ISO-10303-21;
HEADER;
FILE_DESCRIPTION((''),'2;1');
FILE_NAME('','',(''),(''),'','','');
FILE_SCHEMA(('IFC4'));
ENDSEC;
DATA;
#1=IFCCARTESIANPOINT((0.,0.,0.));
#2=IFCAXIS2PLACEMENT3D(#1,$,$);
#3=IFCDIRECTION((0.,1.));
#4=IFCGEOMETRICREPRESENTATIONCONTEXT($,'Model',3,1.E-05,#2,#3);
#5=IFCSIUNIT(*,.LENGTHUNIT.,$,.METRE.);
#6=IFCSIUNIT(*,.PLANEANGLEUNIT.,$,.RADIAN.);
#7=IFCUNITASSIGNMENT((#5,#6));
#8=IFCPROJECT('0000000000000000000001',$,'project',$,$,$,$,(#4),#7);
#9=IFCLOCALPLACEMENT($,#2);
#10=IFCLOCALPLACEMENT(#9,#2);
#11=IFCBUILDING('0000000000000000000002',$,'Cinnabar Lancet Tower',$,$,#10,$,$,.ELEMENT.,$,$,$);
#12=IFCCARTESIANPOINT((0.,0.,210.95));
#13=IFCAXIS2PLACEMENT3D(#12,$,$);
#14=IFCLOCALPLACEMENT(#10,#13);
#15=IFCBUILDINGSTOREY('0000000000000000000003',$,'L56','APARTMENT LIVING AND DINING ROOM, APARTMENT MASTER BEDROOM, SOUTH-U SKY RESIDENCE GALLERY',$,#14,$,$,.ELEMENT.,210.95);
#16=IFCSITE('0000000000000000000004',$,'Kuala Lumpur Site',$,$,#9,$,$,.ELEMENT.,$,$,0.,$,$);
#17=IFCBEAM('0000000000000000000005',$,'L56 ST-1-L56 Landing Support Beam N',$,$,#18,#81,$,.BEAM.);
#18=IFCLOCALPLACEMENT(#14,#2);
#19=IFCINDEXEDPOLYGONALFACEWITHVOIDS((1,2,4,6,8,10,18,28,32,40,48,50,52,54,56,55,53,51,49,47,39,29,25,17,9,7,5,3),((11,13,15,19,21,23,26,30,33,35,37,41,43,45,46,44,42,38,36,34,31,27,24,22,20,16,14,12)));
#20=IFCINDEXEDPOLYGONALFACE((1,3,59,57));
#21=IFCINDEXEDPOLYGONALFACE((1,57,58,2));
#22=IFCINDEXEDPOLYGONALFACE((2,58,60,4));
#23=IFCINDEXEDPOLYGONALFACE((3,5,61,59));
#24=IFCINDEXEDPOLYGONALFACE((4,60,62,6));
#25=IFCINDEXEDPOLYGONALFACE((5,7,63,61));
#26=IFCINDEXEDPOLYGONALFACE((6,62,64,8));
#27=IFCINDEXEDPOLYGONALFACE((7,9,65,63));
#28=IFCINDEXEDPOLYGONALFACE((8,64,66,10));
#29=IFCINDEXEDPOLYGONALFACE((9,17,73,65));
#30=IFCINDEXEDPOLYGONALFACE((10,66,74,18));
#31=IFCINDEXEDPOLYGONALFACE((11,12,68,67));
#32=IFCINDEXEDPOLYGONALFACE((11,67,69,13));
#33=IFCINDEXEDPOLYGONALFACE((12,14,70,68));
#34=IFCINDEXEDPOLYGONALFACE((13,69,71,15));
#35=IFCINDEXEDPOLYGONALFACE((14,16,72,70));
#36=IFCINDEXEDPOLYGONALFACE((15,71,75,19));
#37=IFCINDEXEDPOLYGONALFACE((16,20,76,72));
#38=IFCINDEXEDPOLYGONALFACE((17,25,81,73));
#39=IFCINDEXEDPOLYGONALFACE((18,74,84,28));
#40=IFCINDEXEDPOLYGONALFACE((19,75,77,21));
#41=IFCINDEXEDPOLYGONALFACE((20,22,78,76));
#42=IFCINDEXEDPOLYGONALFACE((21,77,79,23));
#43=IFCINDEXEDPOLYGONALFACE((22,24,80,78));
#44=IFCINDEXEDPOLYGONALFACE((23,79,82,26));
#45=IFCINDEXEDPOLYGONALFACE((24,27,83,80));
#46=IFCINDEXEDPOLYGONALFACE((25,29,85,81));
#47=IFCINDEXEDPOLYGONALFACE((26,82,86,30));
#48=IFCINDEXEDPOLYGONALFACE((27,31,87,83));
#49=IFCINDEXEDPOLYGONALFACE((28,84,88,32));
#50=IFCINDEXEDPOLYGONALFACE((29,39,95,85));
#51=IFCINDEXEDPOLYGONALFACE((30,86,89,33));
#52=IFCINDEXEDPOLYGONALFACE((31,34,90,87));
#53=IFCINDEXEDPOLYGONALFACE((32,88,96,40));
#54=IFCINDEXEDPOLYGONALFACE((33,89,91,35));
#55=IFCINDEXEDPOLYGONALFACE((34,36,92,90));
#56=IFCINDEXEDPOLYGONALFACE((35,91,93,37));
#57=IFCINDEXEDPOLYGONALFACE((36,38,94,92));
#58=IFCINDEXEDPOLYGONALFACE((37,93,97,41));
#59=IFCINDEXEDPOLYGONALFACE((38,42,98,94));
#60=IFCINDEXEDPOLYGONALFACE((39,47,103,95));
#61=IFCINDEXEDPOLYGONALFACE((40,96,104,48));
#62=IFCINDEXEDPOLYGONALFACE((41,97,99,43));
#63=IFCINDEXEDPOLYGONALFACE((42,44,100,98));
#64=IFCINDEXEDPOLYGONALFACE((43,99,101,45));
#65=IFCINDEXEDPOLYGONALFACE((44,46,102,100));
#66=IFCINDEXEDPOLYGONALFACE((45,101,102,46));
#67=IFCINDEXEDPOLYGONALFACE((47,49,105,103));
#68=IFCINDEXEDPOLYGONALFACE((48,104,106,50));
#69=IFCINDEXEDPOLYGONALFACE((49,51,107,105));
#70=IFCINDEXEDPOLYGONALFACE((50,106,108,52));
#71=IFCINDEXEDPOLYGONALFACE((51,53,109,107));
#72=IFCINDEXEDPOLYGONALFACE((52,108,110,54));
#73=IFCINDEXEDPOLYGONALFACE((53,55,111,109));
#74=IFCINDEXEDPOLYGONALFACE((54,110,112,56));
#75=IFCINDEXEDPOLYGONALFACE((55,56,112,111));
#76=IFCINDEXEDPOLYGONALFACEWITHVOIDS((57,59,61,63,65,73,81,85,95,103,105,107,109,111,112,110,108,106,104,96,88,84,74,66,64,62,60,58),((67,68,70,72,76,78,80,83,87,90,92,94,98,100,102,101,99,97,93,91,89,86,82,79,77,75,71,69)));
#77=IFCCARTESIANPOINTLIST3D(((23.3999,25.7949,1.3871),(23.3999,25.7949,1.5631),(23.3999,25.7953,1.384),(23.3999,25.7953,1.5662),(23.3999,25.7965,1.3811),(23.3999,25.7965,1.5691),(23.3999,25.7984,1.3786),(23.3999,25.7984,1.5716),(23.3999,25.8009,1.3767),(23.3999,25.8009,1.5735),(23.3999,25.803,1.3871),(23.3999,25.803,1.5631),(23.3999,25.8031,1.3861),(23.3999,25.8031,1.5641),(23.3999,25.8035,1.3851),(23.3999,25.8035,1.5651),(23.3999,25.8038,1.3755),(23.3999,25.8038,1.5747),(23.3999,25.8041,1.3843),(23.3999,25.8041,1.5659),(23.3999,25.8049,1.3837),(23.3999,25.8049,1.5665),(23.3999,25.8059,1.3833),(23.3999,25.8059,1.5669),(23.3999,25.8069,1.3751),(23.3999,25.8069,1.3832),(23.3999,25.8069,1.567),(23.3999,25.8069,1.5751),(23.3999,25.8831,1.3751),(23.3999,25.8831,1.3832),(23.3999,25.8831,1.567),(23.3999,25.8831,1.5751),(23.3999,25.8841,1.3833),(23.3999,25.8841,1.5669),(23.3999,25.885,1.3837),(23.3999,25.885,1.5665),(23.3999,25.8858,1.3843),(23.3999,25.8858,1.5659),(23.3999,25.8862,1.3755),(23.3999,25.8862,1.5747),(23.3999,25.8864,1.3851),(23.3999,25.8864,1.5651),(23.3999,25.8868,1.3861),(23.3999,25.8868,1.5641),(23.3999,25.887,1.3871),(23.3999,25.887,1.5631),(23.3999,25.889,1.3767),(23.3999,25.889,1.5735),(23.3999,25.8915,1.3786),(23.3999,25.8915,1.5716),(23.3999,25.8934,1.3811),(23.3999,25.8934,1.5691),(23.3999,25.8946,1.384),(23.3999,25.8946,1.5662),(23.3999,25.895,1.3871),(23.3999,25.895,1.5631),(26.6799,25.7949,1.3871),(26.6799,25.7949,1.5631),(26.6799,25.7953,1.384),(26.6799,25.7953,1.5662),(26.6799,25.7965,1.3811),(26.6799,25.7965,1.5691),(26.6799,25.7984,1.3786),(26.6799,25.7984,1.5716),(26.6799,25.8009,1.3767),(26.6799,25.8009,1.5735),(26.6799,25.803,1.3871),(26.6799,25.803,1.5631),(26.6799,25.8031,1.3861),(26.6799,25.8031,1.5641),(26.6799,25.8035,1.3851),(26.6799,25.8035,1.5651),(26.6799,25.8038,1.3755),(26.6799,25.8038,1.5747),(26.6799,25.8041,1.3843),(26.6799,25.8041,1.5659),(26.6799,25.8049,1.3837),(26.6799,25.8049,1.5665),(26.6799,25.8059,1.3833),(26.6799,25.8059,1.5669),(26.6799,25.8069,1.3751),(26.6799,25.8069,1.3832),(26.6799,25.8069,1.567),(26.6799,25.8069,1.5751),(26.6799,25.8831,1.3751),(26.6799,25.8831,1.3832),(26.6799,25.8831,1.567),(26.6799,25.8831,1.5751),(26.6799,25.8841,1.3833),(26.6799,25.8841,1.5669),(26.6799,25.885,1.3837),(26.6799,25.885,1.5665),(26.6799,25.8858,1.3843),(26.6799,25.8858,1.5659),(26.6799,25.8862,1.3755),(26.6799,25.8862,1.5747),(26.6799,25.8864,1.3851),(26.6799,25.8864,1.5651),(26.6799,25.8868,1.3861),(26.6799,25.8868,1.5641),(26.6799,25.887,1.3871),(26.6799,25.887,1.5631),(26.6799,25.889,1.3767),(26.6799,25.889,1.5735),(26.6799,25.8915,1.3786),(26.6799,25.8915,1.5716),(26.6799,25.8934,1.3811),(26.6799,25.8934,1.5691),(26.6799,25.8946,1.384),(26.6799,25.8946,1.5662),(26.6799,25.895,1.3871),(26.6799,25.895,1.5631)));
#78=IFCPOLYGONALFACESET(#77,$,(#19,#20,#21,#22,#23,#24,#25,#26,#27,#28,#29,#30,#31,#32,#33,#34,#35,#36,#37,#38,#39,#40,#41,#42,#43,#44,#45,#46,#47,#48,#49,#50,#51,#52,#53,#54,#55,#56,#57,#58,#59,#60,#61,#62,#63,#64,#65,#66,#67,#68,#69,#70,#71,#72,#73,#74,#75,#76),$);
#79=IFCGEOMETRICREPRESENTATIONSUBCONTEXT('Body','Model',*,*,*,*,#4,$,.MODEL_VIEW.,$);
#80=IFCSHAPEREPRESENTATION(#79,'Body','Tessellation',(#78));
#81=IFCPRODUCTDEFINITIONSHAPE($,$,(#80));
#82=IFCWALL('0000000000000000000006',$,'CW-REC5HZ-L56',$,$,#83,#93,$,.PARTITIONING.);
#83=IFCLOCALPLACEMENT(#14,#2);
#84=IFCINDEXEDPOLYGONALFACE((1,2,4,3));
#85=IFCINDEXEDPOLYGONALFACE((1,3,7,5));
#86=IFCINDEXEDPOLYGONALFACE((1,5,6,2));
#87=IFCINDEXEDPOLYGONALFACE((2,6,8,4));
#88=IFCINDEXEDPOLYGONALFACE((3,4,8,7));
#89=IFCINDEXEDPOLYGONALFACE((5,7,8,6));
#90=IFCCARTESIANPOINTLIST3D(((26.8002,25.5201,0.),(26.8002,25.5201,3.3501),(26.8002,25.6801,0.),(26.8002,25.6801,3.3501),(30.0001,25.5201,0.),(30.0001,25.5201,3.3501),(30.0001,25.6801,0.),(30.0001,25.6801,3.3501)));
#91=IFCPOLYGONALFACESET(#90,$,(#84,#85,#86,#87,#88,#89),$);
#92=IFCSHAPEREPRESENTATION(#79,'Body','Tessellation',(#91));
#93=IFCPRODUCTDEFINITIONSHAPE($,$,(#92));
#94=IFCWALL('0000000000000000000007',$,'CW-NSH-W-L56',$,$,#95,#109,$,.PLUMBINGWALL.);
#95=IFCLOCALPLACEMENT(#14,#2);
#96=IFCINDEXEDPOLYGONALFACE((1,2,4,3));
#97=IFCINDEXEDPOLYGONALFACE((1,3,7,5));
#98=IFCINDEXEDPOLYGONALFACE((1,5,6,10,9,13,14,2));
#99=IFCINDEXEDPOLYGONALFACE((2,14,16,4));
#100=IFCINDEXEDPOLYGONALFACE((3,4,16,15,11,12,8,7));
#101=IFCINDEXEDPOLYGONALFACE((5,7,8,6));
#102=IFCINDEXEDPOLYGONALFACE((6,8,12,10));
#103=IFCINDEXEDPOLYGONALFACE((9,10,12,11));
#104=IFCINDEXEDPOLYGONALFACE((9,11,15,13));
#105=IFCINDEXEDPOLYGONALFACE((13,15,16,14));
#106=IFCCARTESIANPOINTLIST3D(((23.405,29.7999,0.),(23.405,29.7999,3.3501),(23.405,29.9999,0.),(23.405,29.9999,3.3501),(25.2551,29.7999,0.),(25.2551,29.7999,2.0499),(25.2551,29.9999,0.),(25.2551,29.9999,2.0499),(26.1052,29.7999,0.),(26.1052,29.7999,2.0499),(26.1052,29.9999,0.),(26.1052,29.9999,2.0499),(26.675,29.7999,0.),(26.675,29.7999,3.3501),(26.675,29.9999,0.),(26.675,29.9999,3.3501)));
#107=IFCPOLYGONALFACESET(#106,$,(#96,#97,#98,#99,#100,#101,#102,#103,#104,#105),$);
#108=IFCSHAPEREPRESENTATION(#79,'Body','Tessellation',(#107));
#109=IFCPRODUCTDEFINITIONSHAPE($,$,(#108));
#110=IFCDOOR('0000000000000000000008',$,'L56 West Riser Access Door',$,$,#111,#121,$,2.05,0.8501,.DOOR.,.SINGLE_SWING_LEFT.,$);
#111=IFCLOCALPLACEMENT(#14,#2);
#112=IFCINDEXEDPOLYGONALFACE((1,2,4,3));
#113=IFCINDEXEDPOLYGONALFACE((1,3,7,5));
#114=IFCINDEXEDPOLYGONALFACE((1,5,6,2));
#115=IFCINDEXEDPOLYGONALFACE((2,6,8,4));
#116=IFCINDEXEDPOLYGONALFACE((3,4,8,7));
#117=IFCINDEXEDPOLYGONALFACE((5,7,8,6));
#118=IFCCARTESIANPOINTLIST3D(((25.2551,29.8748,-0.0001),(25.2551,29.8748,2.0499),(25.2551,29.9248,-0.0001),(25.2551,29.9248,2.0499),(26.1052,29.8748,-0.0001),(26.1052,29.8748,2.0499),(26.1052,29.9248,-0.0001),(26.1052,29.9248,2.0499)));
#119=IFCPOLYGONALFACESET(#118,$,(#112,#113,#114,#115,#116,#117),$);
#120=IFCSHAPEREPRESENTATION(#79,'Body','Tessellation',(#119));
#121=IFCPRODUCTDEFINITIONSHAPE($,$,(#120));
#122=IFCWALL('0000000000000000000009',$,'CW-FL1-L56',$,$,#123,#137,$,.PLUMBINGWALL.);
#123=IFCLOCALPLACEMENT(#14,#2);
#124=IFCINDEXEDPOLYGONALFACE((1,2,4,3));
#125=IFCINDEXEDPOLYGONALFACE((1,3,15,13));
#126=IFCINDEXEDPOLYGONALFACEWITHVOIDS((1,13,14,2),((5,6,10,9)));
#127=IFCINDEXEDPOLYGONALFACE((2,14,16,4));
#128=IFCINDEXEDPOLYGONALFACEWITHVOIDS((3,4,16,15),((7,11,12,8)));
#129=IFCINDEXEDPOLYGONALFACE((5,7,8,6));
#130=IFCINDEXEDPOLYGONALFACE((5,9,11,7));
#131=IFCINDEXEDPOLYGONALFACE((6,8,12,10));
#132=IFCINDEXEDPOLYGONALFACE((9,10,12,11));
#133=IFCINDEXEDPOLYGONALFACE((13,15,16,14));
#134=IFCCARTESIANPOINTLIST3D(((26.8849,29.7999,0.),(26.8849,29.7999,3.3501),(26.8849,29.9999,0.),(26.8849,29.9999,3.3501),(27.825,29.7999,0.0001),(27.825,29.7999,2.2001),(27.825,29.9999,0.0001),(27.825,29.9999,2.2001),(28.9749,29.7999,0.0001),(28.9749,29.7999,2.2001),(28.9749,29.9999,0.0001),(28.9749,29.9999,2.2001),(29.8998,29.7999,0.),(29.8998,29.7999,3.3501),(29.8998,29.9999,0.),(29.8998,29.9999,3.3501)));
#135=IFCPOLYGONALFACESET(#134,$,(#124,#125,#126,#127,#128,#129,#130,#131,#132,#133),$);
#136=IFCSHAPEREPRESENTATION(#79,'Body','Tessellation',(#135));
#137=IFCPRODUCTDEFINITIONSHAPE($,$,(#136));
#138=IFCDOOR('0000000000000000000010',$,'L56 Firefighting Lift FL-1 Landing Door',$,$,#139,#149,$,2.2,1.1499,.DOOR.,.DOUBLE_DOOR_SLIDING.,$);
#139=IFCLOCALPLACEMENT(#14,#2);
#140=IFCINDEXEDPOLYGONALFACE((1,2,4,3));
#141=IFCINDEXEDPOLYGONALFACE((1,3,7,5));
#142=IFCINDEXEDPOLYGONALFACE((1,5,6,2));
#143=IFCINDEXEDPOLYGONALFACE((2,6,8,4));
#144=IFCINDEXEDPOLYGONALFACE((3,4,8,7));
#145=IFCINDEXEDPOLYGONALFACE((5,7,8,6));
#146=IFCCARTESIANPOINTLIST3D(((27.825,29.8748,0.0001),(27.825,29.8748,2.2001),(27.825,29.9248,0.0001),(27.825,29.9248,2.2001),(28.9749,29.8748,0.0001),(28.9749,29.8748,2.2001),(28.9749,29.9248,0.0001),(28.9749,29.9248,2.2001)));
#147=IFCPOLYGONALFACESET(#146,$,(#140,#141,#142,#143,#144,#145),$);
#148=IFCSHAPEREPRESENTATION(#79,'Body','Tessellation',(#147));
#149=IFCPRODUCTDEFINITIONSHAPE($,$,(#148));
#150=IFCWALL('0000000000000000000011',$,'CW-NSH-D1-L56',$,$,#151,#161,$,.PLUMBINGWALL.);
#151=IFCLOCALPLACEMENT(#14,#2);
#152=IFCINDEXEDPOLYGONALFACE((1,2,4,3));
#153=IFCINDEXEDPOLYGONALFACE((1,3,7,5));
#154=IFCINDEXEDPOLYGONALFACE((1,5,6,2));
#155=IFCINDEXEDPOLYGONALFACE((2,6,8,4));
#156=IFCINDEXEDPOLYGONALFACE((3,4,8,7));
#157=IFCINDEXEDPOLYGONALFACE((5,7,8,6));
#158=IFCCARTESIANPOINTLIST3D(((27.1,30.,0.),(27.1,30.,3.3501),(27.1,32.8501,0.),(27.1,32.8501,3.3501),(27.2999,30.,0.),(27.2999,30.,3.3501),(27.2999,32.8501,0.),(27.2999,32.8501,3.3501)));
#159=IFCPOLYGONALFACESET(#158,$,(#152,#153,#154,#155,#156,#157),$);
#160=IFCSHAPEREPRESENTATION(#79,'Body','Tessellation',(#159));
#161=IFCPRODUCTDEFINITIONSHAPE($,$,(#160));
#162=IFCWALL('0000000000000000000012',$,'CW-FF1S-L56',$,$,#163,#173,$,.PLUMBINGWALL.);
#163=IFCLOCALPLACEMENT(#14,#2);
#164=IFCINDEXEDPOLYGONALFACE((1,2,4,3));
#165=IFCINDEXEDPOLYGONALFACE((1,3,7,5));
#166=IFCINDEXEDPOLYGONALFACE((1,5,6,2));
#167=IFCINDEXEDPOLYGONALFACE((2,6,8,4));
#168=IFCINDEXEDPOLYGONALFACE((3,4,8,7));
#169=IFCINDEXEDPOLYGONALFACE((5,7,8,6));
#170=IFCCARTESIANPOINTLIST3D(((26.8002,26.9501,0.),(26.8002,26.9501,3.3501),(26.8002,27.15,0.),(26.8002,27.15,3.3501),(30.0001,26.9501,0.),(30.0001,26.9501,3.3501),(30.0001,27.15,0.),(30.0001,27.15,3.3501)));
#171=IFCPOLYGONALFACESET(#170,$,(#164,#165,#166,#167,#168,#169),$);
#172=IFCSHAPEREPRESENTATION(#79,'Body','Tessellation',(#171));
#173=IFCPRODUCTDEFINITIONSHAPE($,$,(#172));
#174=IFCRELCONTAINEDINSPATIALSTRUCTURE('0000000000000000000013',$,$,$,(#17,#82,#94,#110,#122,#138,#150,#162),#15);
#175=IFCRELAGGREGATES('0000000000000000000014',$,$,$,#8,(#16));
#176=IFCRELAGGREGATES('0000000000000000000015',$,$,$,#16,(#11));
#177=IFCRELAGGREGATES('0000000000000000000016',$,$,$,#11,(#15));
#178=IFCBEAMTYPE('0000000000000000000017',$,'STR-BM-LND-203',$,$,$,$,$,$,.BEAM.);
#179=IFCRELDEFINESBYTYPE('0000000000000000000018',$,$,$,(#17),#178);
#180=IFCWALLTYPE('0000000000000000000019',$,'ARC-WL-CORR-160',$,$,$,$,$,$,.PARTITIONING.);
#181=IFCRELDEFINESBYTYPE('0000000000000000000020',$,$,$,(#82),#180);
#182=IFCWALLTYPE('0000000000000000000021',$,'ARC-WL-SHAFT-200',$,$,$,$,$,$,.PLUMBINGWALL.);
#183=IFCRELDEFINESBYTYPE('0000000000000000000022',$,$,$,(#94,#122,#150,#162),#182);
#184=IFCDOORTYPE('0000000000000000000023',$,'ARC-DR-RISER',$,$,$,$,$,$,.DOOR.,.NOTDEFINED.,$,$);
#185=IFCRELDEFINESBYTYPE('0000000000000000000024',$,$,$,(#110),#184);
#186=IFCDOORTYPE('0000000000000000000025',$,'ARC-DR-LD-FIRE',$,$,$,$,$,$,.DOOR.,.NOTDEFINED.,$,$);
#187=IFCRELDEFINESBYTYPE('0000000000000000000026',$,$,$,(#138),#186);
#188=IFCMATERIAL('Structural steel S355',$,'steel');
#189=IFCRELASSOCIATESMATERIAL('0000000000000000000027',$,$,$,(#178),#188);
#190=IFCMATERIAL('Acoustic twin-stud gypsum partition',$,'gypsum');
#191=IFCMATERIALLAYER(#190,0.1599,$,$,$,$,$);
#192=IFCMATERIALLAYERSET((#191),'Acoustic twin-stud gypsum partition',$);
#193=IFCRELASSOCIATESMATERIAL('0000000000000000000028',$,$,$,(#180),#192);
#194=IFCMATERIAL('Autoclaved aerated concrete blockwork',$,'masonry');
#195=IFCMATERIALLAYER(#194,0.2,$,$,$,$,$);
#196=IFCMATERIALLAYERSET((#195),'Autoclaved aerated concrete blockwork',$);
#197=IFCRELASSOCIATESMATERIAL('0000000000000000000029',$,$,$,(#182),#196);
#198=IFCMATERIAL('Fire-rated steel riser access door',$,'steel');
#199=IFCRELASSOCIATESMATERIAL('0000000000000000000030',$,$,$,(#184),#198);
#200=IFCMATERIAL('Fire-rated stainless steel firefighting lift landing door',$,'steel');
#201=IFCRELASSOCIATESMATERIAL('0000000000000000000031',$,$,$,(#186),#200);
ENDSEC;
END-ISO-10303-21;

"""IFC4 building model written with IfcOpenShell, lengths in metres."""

from ifc_helpers import new_model, si_unit, direction, frame, frame_2d, origin, origin_2d, place, context, subcontext, project, spatial, rectangle, hollow_rectangle, extrude, material, layer, layer_set, material_profile, profile_set, type_object, element, fill, save


model = new_model("IFC4")

# Units and contexts
model_context = context("Model", 3, precision=1e-05, world=origin(), true_north=direction((0.0, 1.0)))
body_context = subcontext(model_context, "Body", "Model", "MODEL_VIEW")
ifc_project = project(units=[si_unit("LENGTHUNIT", "METRE"), si_unit("PLANEANGLEUNIT", "RADIAN")], contexts=[model_context])

# Site, building, storey
site_placement = place(None, origin())
site = spatial("IfcSite", under=ifc_project, at=site_placement, Name="Kuala Lumpur Site", CompositionType="ELEMENT", RefElevation=0.0)
building_placement = place(site_placement, origin())
building = spatial("IfcBuilding", under=site, at=building_placement, Name="Cinnabar Lancet Tower", CompositionType="ELEMENT")
storey_placement = place(building_placement, frame((0.0, 0.0, 210.95)))
storey = spatial("IfcBuildingStorey", under=building, at=storey_placement, Name="L56", Description="APARTMENT LIVING AND DINING ROOM, APARTMENT MASTER BEDROOM, SOUTH-U SKY RESIDENCE GALLERY", CompositionType="ELEMENT", Elevation=210.95)

# Beam
ifc_material_1 = material(Name="Structural steel S355", Category="steel")
ifc_material_profile_1 = material_profile(ifc_material_1, hollow_rectangle(XDim=0.1001, YDim=0.2, WallThickness=0.0081, InnerFilletRadius=0.0039, OuterFilletRadius=0.012, at=origin_2d()), Name="RHS 200x100x8")
ifc_profile_set_1 = profile_set([ifc_material_profile_1], Name="Structural steel S355")
beam_type_1 = type_object("IfcBeamType", Name="STR-BM-LND-203", PredefinedType="BEAM", material=ifc_profile_set_1)
beam_1_placement = place(storey_placement, frame((23.3999, 25.845, 1.4751), z_axis=(1.0, 0.0, 0.0), x_axis=(0.0, 1.0, 0.0)))
element("IfcBeam", 1, at=beam_1_placement, inside=storey, type_object=beam_type_1, Name="L56 ST-1-L56 Landing Support Beam N", PredefinedType="BEAM", context=body_context, shape_type="SweptSolid", body=[
    extrude(hollow_rectangle(XDim=0.1001, YDim=0.2, WallThickness=0.0081, InnerFilletRadius=0.0039, OuterFilletRadius=0.012, at=origin_2d()), origin(), (0.0, 0.0, 1.0), 3.28),
])

# Wall
ifc_material_2 = material(Name="Acoustic twin-stud gypsum partition", Category="gypsum")
ifc_layer_1 = layer(ifc_material_2, 0.1599)
ifc_layer_set_1 = layer_set([ifc_layer_1], Name="Acoustic twin-stud gypsum partition")
wall_type_1 = type_object("IfcWallType", Name="ARC-WL-CORR-160", PredefinedType="PARTITIONING", material=ifc_layer_set_1)
wall_1_placement = place(storey_placement, frame((26.8, 25.6001, 0.0), z_axis=(0.0, 0.0, 1.0), x_axis=(1.0, 0.0, 0.0)))
element("IfcWall", 2, at=wall_1_placement, inside=storey, type_object=wall_type_1, Name="CW-REC5HZ-L56", PredefinedType="PARTITIONING", context=body_context, shape_type="SweptSolid", body=[
    extrude(rectangle(XDim=3.2, YDim=0.1599, at=frame_2d((1.6001, 0.0))), origin(), (0.0, 0.0, 1.0), 3.3501),
])

# Walls, openings, doors
ifc_material_3 = material(Name="Autoclaved aerated concrete blockwork", Category="masonry")
ifc_layer_2 = layer(ifc_material_3, 0.2)
ifc_layer_set_2 = layer_set([ifc_layer_2], Name="Autoclaved aerated concrete blockwork")
wall_type_2 = type_object("IfcWallType", Name="ARC-WL-SHAFT-200", PredefinedType="PLUMBINGWALL", material=ifc_layer_set_2)
wall_2_placement = place(storey_placement, frame((23.405, 29.8999, 0.0), z_axis=(0.0, 0.0, 1.0), x_axis=(1.0, 0.0, 0.0)))
wall_2 = element("IfcWall", 3, at=wall_2_placement, inside=storey, type_object=wall_type_2, Name="CW-NSH-W-L56", PredefinedType="PLUMBINGWALL", context=body_context, shape_type="SweptSolid", body=[
    extrude(rectangle(XDim=3.27, YDim=0.2, at=frame_2d((1.635, 0.0))), origin(), (0.0, 0.0, 1.0), 3.3501),
])
opening_1_placement = place(wall_2_placement, frame((1.8501, 0.0, 0.0)))
opening_1 = element("IfcOpeningElement", 4, at=opening_1_placement, cuts=wall_2, PredefinedType="OPENING", context=body_context, shape_type="SweptSolid", body=[
    extrude(rectangle(XDim=0.8501, YDim=2.05, at=frame_2d((0.425, 1.0249))), frame((0.0, 0.1099, 0.0), z_axis=(0.0, -1.0, 0.0), x_axis=(1.0, 0.0, 0.0)), (0.0, 0.0, 1.0), 0.22),
])
ifc_material_4 = material(Name="Fire-rated steel riser access door", Category="steel")
door_type_1 = type_object("IfcDoorType", Name="ARC-DR-RISER", OperationType="NOTDEFINED", PredefinedType="DOOR", material=ifc_material_4)
door_1_placement = place(opening_1_placement, origin())
door_1 = element("IfcDoor", 5, at=door_1_placement, inside=storey, type_object=door_type_1, Name="L56 West Riser Access Door", OperationType="SINGLE_SWING_LEFT", OverallHeight=2.05, OverallWidth=0.8501, PredefinedType="DOOR", context=body_context, shape_type="SweptSolid", body=[
    extrude(rectangle(XDim=0.8501, YDim=2.05, at=frame_2d((0.425, 1.0249))), frame((0.0, 0.0249, 0.0), z_axis=(0.0, -1.0, 0.0), x_axis=(1.0, 0.0, 0.0)), (0.0, 0.0, 1.0), 0.05),
])
fill(opening_1, door_1)
wall_3_placement = place(storey_placement, frame((26.885, 29.8999, 0.0), z_axis=(0.0, 0.0, 1.0), x_axis=(1.0, 0.0, 0.0)))
wall_3 = element("IfcWall", 6, at=wall_3_placement, inside=storey, type_object=wall_type_2, Name="CW-FL1-L56", PredefinedType="PLUMBINGWALL", context=body_context, shape_type="SweptSolid", body=[
    extrude(rectangle(XDim=3.0149, YDim=0.2, at=frame_2d((1.5073, 0.0))), origin(), (0.0, 0.0, 1.0), 3.3501),
])
opening_2_placement = place(wall_3_placement, frame((0.9399, 0.0, 0.0)))
opening_2 = element("IfcOpeningElement", 7, at=opening_2_placement, cuts=wall_3, PredefinedType="OPENING", context=body_context, shape_type="SweptSolid", body=[
    extrude(rectangle(XDim=1.1499, YDim=2.2, at=frame_2d((0.575, 1.1001))), frame((0.0, 0.1099, 0.0), z_axis=(0.0, -1.0, 0.0), x_axis=(1.0, 0.0, 0.0)), (0.0, 0.0, 1.0), 0.22),
])
ifc_material_5 = material(Name="Fire-rated stainless steel firefighting lift landing door", Category="steel")
door_type_2 = type_object("IfcDoorType", Name="ARC-DR-LD-FIRE", OperationType="NOTDEFINED", PredefinedType="DOOR", material=ifc_material_5)
door_2_placement = place(opening_2_placement, origin())
door_2 = element("IfcDoor", 8, at=door_2_placement, inside=storey, type_object=door_type_2, Name="L56 Firefighting Lift FL-1 Landing Door", OperationType="DOUBLE_DOOR_SLIDING", OverallHeight=2.2, OverallWidth=1.1499, PredefinedType="DOOR", context=body_context, shape_type="SweptSolid", body=[
    extrude(rectangle(XDim=1.1499, YDim=2.2, at=frame_2d((0.575, 1.1001))), frame((0.0, 0.0249, 0.0), z_axis=(0.0, -1.0, 0.0), x_axis=(1.0, 0.0, 0.0)), (0.0, 0.0, 1.0), 0.05),
])
fill(opening_2, door_2)

# Walls
wall_4_placement = place(storey_placement, frame((27.2, 30.0, 0.0), z_axis=(0.0, 0.0, 1.0), x_axis=(0.0, 1.0, 0.0)))
element("IfcWall", 9, at=wall_4_placement, inside=storey, type_object=wall_type_2, Name="CW-NSH-D1-L56", PredefinedType="PLUMBINGWALL", context=body_context, shape_type="SweptSolid", body=[
    extrude(rectangle(XDim=2.8501, YDim=0.2, at=frame_2d((1.425, 0.0))), origin(), (0.0, 0.0, 1.0), 3.3501),
])
wall_5_placement = place(storey_placement, frame((26.8, 27.05, 0.0), z_axis=(0.0, 0.0, 1.0), x_axis=(1.0, 0.0, 0.0)))
element("IfcWall", 10, at=wall_5_placement, inside=storey, type_object=wall_type_2, Name="CW-FF1S-L56", PredefinedType="PLUMBINGWALL", context=body_context, shape_type="SweptSolid", body=[
    extrude(rectangle(XDim=3.2, YDim=0.2, at=frame_2d((1.6001, 0.0))), origin(), (0.0, 0.0, 1.0), 3.3501),
])

save(model, "model.ifc")
